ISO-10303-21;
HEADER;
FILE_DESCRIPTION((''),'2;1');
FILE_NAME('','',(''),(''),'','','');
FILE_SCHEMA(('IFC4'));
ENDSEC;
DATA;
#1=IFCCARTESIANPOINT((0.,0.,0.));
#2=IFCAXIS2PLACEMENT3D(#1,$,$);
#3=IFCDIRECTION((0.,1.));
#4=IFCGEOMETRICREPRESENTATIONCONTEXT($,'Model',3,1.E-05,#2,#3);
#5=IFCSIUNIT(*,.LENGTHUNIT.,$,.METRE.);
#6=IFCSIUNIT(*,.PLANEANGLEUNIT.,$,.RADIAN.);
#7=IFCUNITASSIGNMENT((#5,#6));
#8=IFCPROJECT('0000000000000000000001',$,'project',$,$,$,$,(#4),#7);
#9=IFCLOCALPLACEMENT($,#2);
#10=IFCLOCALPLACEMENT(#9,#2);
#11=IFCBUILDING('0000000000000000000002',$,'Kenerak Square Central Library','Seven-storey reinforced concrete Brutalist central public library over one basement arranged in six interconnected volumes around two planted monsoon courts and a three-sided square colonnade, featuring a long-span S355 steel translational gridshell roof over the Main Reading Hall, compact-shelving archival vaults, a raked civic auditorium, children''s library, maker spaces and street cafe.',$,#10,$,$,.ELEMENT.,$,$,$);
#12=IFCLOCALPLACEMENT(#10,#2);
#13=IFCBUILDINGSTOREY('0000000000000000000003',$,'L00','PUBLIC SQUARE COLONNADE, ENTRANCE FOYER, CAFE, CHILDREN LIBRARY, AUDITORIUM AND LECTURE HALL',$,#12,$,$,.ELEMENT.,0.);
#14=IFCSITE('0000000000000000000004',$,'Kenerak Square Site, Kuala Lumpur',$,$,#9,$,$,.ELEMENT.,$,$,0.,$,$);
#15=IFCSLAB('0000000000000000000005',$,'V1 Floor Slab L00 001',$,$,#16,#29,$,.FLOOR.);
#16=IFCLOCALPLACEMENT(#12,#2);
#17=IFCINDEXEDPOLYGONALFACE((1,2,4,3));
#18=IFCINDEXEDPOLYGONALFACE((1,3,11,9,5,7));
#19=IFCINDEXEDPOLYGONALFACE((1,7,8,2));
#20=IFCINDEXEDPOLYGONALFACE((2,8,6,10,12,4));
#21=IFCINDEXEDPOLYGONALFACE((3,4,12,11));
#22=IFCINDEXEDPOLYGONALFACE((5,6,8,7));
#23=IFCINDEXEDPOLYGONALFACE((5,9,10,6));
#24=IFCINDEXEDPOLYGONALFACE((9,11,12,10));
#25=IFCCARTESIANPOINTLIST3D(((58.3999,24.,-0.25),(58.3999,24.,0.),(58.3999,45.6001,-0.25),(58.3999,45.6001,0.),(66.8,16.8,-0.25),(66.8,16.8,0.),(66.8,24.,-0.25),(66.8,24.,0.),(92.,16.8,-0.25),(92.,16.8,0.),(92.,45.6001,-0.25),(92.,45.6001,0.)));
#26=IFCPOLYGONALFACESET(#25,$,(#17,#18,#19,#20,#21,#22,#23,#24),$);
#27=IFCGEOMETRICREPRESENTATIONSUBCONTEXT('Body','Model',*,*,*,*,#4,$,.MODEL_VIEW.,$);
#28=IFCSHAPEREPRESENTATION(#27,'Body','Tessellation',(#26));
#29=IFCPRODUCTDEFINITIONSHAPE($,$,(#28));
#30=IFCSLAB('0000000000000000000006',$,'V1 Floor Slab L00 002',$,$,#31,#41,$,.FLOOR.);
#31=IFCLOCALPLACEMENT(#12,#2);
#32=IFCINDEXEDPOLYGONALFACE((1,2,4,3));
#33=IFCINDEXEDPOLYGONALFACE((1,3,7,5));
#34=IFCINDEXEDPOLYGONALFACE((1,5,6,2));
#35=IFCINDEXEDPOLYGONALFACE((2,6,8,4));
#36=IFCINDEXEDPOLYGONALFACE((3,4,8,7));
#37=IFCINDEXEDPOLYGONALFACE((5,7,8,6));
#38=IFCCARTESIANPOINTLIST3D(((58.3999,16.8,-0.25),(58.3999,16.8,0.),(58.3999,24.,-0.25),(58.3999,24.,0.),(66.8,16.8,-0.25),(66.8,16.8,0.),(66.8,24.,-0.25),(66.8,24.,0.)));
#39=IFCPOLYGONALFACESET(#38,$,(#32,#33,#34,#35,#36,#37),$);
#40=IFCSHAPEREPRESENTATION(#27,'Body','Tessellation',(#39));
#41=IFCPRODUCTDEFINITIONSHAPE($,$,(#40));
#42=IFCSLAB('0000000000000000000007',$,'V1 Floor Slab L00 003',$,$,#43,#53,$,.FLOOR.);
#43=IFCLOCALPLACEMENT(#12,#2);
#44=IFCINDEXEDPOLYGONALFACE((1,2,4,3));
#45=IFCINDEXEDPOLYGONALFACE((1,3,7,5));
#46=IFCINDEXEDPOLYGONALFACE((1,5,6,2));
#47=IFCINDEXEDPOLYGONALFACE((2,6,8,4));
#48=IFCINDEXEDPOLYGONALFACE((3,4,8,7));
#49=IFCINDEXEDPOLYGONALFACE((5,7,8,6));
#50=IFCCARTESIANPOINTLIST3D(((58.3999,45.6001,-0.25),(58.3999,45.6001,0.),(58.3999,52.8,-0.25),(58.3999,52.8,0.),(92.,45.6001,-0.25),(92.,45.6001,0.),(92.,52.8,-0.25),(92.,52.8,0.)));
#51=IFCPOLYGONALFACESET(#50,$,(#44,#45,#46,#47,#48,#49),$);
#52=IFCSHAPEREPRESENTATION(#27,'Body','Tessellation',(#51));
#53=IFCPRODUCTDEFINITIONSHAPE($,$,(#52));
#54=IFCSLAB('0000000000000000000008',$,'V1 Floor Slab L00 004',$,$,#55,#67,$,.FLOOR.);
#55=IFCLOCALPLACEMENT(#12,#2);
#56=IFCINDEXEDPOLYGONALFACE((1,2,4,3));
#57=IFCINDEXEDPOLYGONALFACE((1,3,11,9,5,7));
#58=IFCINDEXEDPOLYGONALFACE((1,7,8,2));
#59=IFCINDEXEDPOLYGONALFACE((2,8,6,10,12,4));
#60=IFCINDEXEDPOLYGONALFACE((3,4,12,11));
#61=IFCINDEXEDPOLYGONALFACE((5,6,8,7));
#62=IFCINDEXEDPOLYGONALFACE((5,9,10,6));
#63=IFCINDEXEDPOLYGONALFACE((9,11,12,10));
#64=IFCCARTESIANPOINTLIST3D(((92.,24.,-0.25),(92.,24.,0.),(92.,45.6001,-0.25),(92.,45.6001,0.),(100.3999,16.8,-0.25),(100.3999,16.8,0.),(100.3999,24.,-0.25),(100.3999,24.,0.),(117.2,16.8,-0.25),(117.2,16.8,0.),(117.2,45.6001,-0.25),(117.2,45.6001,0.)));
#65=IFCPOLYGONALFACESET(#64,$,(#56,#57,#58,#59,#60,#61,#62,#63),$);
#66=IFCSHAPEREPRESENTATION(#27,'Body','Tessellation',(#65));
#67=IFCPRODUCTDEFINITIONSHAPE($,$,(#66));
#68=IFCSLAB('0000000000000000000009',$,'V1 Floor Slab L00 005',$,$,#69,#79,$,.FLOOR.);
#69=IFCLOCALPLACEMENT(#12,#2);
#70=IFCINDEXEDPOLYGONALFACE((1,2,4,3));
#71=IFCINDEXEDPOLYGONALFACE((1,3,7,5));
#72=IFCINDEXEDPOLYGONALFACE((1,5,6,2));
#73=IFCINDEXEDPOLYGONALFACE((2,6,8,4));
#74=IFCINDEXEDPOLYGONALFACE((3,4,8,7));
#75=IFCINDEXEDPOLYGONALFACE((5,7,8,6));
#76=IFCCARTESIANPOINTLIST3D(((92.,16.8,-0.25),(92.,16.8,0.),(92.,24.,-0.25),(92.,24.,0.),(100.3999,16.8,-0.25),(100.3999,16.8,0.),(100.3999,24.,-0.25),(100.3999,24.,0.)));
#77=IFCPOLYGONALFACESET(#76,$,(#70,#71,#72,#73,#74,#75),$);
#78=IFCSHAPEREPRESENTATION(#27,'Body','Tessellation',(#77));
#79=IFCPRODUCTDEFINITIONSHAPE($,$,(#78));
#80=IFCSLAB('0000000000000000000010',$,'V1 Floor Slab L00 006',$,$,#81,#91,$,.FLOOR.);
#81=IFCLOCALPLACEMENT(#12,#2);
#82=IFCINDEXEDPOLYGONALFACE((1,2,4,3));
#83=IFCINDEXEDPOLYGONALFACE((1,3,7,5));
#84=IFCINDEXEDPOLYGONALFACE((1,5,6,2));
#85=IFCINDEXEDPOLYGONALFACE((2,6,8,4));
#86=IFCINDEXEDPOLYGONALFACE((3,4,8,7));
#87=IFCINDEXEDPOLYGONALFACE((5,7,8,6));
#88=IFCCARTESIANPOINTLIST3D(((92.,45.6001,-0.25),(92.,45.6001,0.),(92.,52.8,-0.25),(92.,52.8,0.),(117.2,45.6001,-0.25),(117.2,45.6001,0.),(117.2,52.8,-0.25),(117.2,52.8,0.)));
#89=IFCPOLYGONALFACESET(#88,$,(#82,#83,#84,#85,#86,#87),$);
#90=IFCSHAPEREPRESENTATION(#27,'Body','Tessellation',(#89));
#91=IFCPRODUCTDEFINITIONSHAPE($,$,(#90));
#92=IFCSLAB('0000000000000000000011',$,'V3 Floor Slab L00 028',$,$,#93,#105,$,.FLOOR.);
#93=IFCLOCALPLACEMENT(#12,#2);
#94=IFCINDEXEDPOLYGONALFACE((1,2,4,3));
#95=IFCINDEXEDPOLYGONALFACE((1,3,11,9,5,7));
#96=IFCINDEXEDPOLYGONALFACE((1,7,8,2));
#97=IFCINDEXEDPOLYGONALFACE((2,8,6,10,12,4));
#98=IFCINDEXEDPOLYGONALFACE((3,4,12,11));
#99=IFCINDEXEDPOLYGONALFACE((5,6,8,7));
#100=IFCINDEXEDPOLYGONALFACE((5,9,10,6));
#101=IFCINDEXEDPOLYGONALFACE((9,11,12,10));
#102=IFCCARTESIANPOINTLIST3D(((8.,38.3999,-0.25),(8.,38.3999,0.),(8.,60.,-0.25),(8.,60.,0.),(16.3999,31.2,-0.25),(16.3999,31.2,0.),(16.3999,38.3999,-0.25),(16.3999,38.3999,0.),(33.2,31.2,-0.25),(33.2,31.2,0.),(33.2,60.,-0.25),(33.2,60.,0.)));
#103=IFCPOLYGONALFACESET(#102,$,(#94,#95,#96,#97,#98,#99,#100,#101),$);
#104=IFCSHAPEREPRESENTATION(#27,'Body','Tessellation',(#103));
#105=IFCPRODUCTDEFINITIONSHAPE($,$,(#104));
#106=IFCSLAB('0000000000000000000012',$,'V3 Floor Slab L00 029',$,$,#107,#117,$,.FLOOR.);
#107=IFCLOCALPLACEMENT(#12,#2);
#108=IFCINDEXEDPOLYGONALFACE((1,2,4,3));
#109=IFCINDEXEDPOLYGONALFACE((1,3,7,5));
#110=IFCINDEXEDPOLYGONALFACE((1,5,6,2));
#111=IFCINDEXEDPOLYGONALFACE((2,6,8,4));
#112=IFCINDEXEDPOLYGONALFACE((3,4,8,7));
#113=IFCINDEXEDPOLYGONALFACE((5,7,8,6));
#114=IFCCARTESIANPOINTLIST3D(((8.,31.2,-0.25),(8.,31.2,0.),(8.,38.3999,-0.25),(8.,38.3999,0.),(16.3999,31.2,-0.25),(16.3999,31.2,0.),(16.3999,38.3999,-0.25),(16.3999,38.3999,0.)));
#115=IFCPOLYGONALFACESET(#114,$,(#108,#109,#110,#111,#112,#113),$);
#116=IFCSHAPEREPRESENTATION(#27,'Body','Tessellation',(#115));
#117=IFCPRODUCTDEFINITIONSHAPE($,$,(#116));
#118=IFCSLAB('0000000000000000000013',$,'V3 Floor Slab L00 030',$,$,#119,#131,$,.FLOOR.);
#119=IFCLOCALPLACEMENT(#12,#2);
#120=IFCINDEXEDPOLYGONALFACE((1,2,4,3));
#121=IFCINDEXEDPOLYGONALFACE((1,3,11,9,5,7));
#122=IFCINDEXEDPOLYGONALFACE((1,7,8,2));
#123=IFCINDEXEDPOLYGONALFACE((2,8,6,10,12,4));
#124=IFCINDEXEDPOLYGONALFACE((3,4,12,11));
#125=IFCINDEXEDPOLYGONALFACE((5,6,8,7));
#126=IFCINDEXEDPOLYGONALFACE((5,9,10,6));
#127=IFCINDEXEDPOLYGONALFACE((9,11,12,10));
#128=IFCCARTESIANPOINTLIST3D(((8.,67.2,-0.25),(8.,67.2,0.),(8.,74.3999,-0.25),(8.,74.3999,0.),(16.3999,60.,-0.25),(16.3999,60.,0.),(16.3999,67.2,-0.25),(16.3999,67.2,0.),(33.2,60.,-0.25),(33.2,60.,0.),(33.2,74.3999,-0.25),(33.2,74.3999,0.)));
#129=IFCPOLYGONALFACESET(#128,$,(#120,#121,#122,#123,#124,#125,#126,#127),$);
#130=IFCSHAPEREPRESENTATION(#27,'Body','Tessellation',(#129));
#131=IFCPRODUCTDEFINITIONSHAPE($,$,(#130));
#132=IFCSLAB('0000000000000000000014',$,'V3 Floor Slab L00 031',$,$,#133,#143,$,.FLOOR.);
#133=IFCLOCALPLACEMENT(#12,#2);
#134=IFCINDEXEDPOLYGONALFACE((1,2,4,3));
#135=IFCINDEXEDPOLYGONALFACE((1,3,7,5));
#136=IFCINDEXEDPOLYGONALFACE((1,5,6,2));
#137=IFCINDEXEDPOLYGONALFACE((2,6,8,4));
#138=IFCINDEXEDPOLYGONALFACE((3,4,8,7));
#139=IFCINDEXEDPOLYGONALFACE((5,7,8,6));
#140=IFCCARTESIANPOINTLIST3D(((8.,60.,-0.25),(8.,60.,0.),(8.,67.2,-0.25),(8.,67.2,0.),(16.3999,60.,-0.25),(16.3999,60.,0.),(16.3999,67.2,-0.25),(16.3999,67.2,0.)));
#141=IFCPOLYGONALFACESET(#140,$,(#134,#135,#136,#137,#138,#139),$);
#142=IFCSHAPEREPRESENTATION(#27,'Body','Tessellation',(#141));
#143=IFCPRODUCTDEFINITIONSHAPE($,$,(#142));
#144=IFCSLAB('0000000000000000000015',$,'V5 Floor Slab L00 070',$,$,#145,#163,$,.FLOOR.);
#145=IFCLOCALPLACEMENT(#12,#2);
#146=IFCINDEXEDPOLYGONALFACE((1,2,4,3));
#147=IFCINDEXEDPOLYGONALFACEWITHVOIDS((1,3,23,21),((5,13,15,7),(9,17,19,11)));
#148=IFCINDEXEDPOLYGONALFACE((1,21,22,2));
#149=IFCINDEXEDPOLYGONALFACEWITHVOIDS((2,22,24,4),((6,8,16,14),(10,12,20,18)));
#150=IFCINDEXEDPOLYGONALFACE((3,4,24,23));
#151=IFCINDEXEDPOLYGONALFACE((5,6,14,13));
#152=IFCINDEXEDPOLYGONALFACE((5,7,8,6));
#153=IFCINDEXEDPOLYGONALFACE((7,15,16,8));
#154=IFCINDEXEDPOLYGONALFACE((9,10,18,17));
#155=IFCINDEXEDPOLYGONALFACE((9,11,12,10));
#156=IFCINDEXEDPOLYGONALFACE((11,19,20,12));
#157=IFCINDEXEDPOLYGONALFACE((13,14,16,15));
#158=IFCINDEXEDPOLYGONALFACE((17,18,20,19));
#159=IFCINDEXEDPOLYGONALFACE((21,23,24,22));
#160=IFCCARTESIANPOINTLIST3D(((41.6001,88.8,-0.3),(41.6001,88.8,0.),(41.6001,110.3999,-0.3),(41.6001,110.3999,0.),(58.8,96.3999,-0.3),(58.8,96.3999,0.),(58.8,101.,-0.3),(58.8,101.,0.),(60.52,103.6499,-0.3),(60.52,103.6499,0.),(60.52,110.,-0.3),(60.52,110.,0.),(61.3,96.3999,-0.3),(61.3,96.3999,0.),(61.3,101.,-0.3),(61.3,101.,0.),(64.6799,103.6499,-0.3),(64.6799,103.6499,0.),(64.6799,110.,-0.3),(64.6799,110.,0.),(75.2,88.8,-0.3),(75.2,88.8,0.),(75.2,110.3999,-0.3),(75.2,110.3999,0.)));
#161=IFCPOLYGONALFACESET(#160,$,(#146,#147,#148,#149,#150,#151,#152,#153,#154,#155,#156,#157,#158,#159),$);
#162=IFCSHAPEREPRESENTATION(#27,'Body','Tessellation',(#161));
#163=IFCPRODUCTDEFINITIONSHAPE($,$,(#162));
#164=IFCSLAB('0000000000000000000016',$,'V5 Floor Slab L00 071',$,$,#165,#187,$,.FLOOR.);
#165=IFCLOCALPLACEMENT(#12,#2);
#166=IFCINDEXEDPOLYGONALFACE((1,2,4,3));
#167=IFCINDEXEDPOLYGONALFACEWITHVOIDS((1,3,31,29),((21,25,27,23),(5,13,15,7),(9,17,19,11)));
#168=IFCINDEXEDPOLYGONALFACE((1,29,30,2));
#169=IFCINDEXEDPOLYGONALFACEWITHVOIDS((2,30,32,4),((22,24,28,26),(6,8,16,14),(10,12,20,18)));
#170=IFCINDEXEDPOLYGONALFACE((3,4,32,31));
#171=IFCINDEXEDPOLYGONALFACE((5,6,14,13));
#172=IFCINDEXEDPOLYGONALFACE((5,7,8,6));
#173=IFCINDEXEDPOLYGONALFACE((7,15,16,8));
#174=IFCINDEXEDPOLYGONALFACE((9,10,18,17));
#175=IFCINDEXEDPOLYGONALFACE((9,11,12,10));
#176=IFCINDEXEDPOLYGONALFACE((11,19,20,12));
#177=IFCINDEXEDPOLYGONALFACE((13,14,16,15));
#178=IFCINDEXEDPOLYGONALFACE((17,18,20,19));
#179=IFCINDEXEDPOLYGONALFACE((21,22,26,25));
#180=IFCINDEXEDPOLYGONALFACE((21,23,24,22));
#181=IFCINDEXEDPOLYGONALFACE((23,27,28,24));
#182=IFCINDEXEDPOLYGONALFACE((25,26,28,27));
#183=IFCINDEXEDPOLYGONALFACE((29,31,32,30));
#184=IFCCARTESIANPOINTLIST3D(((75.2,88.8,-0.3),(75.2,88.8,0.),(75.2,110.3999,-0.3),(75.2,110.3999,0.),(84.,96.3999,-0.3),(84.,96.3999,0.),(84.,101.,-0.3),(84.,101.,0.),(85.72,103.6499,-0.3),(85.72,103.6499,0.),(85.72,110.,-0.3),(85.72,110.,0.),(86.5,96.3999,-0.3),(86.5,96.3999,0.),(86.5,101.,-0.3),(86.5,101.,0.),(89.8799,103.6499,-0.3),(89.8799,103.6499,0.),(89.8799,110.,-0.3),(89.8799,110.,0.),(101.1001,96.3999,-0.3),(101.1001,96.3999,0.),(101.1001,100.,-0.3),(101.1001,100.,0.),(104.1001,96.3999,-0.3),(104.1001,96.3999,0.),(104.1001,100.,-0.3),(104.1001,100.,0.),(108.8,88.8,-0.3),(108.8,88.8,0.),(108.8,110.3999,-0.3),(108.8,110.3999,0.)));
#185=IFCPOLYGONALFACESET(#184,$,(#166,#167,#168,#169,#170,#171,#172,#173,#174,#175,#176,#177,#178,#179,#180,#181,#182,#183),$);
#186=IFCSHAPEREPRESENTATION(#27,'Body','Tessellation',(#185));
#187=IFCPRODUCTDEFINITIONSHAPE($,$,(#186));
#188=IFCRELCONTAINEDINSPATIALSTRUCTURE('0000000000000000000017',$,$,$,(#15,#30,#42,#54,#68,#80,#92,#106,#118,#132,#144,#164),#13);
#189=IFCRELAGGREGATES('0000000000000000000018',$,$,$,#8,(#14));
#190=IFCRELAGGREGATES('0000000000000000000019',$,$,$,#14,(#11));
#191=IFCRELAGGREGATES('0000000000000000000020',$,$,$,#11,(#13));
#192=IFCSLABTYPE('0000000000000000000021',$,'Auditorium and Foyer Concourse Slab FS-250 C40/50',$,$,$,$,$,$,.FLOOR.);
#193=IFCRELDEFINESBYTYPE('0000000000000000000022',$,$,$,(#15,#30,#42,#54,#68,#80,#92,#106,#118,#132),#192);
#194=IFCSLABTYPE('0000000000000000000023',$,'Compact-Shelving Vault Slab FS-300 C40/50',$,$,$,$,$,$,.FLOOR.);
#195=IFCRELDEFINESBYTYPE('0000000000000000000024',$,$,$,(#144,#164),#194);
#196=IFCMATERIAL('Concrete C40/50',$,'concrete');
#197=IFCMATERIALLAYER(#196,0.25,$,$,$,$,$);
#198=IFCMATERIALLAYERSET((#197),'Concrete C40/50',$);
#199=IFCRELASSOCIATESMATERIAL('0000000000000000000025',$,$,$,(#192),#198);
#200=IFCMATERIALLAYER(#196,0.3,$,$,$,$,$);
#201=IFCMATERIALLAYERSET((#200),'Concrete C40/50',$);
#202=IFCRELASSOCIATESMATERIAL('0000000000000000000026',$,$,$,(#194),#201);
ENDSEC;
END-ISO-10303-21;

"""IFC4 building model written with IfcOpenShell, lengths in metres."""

from ifc_helpers import new_model, si_unit, direction, frame, origin, place, context, subcontext, project, spatial, polyline, outline, extrude, material, layer, layer_set, type_object, element, save


model = new_model("IFC4")

# Units and contexts
model_context = context("Model", 3, precision=1e-05, world=origin(), true_north=direction((0.0, 1.0)))
body_context = subcontext(model_context, "Body", "Model", "MODEL_VIEW")
ifc_project = project(units=[si_unit("LENGTHUNIT", "METRE"), si_unit("PLANEANGLEUNIT", "RADIAN")], contexts=[model_context])

# Site, building, storey
site_placement = place(None, origin())
site = spatial("IfcSite", under=ifc_project, at=site_placement, Name="Kenerak Square Site, Kuala Lumpur", CompositionType="ELEMENT", RefElevation=0.0)
building_placement = place(site_placement, origin())
building = spatial("IfcBuilding", under=site, at=building_placement, Name="Kenerak Square Central Library", Description="Seven-storey reinforced concrete Brutalist central public library over one basement arranged in six interconnected volumes around two planted monsoon courts and a three-sided square colonnade, featuring a long-span S355 steel translational gridshell roof over the Main Reading Hall, compact-shelving archival vaults, a raked civic auditorium, children's library, maker spaces and street cafe.", CompositionType="ELEMENT")
storey_placement = place(building_placement, origin())
storey = spatial("IfcBuildingStorey", under=building, at=storey_placement, Name="L00", Description="PUBLIC SQUARE COLONNADE, ENTRANCE FOYER, CAFE, CHILDREN LIBRARY, AUDITORIUM AND LECTURE HALL", CompositionType="ELEMENT", Elevation=0.0)

# Slabs
ifc_material = material(Name="Concrete C40/50", Category="concrete")
ifc_layer_1 = layer(ifc_material, 0.25)
ifc_layer_set_1 = layer_set([ifc_layer_1], Name="Concrete C40/50")
slab_type_1 = type_object("IfcSlabType", Name="Auditorium and Foyer Concourse Slab FS-250 C40/50", PredefinedType="FLOOR", material=ifc_layer_set_1)
slab_1_placement = place(storey_placement, frame((0.0, 0.0, -0.25)))
element("IfcSlab", 1, at=slab_1_placement, inside=storey, type_object=slab_type_1, Name="V1 Floor Slab L00 001", PredefinedType="FLOOR", context=body_context, shape_type="SweptSolid", body=[
    extrude(outline(polyline([(58.3999, 45.6001), (92.0, 45.6001), (92.0, 16.8), (66.8, 16.8), (66.8, 24.0), (58.3999, 24.0), (58.3999, 45.6001)])), origin(), (0.0, 0.0, 1.0), 0.25),
])
slab_2_placement = place(storey_placement, frame((0.0, 0.0, -0.25)))
element("IfcSlab", 2, at=slab_2_placement, inside=storey, type_object=slab_type_1, Name="V1 Floor Slab L00 002", PredefinedType="FLOOR", context=body_context, shape_type="SweptSolid", body=[
    extrude(outline(polyline([(66.8, 16.8), (66.8, 24.0), (58.3999, 24.0), (58.3999, 16.8), (66.8, 16.8)])), origin(), (0.0, 0.0, 1.0), 0.25),
])
slab_3_placement = place(storey_placement, frame((0.0, 0.0, -0.25)))
element("IfcSlab", 3, at=slab_3_placement, inside=storey, type_object=slab_type_1, Name="V1 Floor Slab L00 003", PredefinedType="FLOOR", context=body_context, shape_type="SweptSolid", body=[
    extrude(outline(polyline([(92.0, 45.6001), (92.0, 52.8), (58.3999, 52.8), (58.3999, 45.6001), (92.0, 45.6001)])), origin(), (0.0, 0.0, 1.0), 0.25),
])
slab_4_placement = place(storey_placement, frame((0.0, 0.0, -0.25)))
element("IfcSlab", 4, at=slab_4_placement, inside=storey, type_object=slab_type_1, Name="V1 Floor Slab L00 004", PredefinedType="FLOOR", context=body_context, shape_type="SweptSolid", body=[
    extrude(outline(polyline([(92.0, 45.6001), (117.2, 45.6001), (117.2, 16.8), (100.3999, 16.8), (100.3999, 24.0), (92.0, 24.0), (92.0, 45.6001)])), origin(), (0.0, 0.0, 1.0), 0.25),
])
slab_5_placement = place(storey_placement, frame((0.0, 0.0, -0.25)))
element("IfcSlab", 5, at=slab_5_placement, inside=storey, type_object=slab_type_1, Name="V1 Floor Slab L00 005", PredefinedType="FLOOR", context=body_context, shape_type="SweptSolid", body=[
    extrude(outline(polyline([(100.3999, 16.8), (100.3999, 24.0), (92.0, 24.0), (92.0, 16.8), (100.3999, 16.8)])), origin(), (0.0, 0.0, 1.0), 0.25),
])
slab_6_placement = place(storey_placement, frame((0.0, 0.0, -0.25)))
element("IfcSlab", 6, at=slab_6_placement, inside=storey, type_object=slab_type_1, Name="V1 Floor Slab L00 006", PredefinedType="FLOOR", context=body_context, shape_type="SweptSolid", body=[
    extrude(outline(polyline([(117.2, 45.6001), (117.2, 52.8), (92.0, 52.8), (92.0, 45.6001), (117.2, 45.6001)])), origin(), (0.0, 0.0, 1.0), 0.25),
])
slab_7_placement = place(storey_placement, frame((0.0, 0.0, -0.25)))
element("IfcSlab", 7, at=slab_7_placement, inside=storey, type_object=slab_type_1, Name="V3 Floor Slab L00 028", PredefinedType="FLOOR", context=body_context, shape_type="SweptSolid", body=[
    extrude(outline(polyline([(8.0, 60.0), (33.2, 60.0), (33.2, 31.2), (16.3999, 31.2), (16.3999, 38.3999), (8.0, 38.3999), (8.0, 60.0)])), origin(), (0.0, 0.0, 1.0), 0.25),
])
slab_8_placement = place(storey_placement, frame((0.0, 0.0, -0.25)))
element("IfcSlab", 8, at=slab_8_placement, inside=storey, type_object=slab_type_1, Name="V3 Floor Slab L00 029", PredefinedType="FLOOR", context=body_context, shape_type="SweptSolid", body=[
    extrude(outline(polyline([(16.3999, 31.2), (16.3999, 38.3999), (8.0, 38.3999), (8.0, 31.2), (16.3999, 31.2)])), origin(), (0.0, 0.0, 1.0), 0.25),
])
slab_9_placement = place(storey_placement, frame((0.0, 0.0, -0.25)))
element("IfcSlab", 9, at=slab_9_placement, inside=storey, type_object=slab_type_1, Name="V3 Floor Slab L00 030", PredefinedType="FLOOR", context=body_context, shape_type="SweptSolid", body=[
    extrude(outline(polyline([(8.0, 74.3999), (33.2, 74.3999), (33.2, 60.0), (16.3999, 60.0), (16.3999, 67.2), (8.0, 67.2), (8.0, 74.3999)])), origin(), (0.0, 0.0, 1.0), 0.25),
])
slab_10_placement = place(storey_placement, frame((0.0, 0.0, -0.25)))
element("IfcSlab", 10, at=slab_10_placement, inside=storey, type_object=slab_type_1, Name="V3 Floor Slab L00 031", PredefinedType="FLOOR", context=body_context, shape_type="SweptSolid", body=[
    extrude(outline(polyline([(16.3999, 60.0), (16.3999, 67.2), (8.0, 67.2), (8.0, 60.0), (16.3999, 60.0)])), origin(), (0.0, 0.0, 1.0), 0.25),
])
ifc_layer_2 = layer(ifc_material, 0.3)
ifc_layer_set_2 = layer_set([ifc_layer_2], Name="Concrete C40/50")
slab_type_2 = type_object("IfcSlabType", Name="Compact-Shelving Vault Slab FS-300 C40/50", PredefinedType="FLOOR", material=ifc_layer_set_2)
slab_11_placement = place(storey_placement, frame((0.0, 0.0, -0.3)))
element("IfcSlab", 11, at=slab_11_placement, inside=storey, type_object=slab_type_2, Name="V5 Floor Slab L00 070", PredefinedType="FLOOR", context=body_context, shape_type="SweptSolid", body=[
    extrude(outline(polyline([(75.2, 88.8), (75.2, 110.3999), (41.6001, 110.3999), (41.6001, 88.8), (75.2, 88.8)]), holes=[polyline([(64.6799, 103.6499), (64.6799, 110.0), (60.52, 110.0), (60.52, 103.6499), (64.6799, 103.6499)]), polyline([(58.8, 96.3999), (61.3, 96.3999), (61.3, 101.0), (58.8, 101.0), (58.8, 96.3999)])]), origin(), (0.0, 0.0, 1.0), 0.3),
])
slab_12_placement = place(storey_placement, frame((0.0, 0.0, -0.3)))
element("IfcSlab", 12, at=slab_12_placement, inside=storey, type_object=slab_type_2, Name="V5 Floor Slab L00 071", PredefinedType="FLOOR", context=body_context, shape_type="SweptSolid", body=[
    extrude(outline(polyline([(108.8, 88.8), (108.8, 110.3999), (75.2, 110.3999), (75.2, 88.8), (108.8, 88.8)]), holes=[polyline([(89.8799, 103.6499), (89.8799, 110.0), (85.72, 110.0), (85.72, 103.6499), (89.8799, 103.6499)]), polyline([(84.0, 96.3999), (86.5, 96.3999), (86.5, 101.0), (84.0, 101.0), (84.0, 96.3999)]), polyline([(101.1001, 96.3999), (104.1001, 96.3999), (104.1001, 100.0), (101.1001, 100.0), (101.1001, 96.3999)])]), origin(), (0.0, 0.0, 1.0), 0.3),
])

save(model, "model.ifc")
